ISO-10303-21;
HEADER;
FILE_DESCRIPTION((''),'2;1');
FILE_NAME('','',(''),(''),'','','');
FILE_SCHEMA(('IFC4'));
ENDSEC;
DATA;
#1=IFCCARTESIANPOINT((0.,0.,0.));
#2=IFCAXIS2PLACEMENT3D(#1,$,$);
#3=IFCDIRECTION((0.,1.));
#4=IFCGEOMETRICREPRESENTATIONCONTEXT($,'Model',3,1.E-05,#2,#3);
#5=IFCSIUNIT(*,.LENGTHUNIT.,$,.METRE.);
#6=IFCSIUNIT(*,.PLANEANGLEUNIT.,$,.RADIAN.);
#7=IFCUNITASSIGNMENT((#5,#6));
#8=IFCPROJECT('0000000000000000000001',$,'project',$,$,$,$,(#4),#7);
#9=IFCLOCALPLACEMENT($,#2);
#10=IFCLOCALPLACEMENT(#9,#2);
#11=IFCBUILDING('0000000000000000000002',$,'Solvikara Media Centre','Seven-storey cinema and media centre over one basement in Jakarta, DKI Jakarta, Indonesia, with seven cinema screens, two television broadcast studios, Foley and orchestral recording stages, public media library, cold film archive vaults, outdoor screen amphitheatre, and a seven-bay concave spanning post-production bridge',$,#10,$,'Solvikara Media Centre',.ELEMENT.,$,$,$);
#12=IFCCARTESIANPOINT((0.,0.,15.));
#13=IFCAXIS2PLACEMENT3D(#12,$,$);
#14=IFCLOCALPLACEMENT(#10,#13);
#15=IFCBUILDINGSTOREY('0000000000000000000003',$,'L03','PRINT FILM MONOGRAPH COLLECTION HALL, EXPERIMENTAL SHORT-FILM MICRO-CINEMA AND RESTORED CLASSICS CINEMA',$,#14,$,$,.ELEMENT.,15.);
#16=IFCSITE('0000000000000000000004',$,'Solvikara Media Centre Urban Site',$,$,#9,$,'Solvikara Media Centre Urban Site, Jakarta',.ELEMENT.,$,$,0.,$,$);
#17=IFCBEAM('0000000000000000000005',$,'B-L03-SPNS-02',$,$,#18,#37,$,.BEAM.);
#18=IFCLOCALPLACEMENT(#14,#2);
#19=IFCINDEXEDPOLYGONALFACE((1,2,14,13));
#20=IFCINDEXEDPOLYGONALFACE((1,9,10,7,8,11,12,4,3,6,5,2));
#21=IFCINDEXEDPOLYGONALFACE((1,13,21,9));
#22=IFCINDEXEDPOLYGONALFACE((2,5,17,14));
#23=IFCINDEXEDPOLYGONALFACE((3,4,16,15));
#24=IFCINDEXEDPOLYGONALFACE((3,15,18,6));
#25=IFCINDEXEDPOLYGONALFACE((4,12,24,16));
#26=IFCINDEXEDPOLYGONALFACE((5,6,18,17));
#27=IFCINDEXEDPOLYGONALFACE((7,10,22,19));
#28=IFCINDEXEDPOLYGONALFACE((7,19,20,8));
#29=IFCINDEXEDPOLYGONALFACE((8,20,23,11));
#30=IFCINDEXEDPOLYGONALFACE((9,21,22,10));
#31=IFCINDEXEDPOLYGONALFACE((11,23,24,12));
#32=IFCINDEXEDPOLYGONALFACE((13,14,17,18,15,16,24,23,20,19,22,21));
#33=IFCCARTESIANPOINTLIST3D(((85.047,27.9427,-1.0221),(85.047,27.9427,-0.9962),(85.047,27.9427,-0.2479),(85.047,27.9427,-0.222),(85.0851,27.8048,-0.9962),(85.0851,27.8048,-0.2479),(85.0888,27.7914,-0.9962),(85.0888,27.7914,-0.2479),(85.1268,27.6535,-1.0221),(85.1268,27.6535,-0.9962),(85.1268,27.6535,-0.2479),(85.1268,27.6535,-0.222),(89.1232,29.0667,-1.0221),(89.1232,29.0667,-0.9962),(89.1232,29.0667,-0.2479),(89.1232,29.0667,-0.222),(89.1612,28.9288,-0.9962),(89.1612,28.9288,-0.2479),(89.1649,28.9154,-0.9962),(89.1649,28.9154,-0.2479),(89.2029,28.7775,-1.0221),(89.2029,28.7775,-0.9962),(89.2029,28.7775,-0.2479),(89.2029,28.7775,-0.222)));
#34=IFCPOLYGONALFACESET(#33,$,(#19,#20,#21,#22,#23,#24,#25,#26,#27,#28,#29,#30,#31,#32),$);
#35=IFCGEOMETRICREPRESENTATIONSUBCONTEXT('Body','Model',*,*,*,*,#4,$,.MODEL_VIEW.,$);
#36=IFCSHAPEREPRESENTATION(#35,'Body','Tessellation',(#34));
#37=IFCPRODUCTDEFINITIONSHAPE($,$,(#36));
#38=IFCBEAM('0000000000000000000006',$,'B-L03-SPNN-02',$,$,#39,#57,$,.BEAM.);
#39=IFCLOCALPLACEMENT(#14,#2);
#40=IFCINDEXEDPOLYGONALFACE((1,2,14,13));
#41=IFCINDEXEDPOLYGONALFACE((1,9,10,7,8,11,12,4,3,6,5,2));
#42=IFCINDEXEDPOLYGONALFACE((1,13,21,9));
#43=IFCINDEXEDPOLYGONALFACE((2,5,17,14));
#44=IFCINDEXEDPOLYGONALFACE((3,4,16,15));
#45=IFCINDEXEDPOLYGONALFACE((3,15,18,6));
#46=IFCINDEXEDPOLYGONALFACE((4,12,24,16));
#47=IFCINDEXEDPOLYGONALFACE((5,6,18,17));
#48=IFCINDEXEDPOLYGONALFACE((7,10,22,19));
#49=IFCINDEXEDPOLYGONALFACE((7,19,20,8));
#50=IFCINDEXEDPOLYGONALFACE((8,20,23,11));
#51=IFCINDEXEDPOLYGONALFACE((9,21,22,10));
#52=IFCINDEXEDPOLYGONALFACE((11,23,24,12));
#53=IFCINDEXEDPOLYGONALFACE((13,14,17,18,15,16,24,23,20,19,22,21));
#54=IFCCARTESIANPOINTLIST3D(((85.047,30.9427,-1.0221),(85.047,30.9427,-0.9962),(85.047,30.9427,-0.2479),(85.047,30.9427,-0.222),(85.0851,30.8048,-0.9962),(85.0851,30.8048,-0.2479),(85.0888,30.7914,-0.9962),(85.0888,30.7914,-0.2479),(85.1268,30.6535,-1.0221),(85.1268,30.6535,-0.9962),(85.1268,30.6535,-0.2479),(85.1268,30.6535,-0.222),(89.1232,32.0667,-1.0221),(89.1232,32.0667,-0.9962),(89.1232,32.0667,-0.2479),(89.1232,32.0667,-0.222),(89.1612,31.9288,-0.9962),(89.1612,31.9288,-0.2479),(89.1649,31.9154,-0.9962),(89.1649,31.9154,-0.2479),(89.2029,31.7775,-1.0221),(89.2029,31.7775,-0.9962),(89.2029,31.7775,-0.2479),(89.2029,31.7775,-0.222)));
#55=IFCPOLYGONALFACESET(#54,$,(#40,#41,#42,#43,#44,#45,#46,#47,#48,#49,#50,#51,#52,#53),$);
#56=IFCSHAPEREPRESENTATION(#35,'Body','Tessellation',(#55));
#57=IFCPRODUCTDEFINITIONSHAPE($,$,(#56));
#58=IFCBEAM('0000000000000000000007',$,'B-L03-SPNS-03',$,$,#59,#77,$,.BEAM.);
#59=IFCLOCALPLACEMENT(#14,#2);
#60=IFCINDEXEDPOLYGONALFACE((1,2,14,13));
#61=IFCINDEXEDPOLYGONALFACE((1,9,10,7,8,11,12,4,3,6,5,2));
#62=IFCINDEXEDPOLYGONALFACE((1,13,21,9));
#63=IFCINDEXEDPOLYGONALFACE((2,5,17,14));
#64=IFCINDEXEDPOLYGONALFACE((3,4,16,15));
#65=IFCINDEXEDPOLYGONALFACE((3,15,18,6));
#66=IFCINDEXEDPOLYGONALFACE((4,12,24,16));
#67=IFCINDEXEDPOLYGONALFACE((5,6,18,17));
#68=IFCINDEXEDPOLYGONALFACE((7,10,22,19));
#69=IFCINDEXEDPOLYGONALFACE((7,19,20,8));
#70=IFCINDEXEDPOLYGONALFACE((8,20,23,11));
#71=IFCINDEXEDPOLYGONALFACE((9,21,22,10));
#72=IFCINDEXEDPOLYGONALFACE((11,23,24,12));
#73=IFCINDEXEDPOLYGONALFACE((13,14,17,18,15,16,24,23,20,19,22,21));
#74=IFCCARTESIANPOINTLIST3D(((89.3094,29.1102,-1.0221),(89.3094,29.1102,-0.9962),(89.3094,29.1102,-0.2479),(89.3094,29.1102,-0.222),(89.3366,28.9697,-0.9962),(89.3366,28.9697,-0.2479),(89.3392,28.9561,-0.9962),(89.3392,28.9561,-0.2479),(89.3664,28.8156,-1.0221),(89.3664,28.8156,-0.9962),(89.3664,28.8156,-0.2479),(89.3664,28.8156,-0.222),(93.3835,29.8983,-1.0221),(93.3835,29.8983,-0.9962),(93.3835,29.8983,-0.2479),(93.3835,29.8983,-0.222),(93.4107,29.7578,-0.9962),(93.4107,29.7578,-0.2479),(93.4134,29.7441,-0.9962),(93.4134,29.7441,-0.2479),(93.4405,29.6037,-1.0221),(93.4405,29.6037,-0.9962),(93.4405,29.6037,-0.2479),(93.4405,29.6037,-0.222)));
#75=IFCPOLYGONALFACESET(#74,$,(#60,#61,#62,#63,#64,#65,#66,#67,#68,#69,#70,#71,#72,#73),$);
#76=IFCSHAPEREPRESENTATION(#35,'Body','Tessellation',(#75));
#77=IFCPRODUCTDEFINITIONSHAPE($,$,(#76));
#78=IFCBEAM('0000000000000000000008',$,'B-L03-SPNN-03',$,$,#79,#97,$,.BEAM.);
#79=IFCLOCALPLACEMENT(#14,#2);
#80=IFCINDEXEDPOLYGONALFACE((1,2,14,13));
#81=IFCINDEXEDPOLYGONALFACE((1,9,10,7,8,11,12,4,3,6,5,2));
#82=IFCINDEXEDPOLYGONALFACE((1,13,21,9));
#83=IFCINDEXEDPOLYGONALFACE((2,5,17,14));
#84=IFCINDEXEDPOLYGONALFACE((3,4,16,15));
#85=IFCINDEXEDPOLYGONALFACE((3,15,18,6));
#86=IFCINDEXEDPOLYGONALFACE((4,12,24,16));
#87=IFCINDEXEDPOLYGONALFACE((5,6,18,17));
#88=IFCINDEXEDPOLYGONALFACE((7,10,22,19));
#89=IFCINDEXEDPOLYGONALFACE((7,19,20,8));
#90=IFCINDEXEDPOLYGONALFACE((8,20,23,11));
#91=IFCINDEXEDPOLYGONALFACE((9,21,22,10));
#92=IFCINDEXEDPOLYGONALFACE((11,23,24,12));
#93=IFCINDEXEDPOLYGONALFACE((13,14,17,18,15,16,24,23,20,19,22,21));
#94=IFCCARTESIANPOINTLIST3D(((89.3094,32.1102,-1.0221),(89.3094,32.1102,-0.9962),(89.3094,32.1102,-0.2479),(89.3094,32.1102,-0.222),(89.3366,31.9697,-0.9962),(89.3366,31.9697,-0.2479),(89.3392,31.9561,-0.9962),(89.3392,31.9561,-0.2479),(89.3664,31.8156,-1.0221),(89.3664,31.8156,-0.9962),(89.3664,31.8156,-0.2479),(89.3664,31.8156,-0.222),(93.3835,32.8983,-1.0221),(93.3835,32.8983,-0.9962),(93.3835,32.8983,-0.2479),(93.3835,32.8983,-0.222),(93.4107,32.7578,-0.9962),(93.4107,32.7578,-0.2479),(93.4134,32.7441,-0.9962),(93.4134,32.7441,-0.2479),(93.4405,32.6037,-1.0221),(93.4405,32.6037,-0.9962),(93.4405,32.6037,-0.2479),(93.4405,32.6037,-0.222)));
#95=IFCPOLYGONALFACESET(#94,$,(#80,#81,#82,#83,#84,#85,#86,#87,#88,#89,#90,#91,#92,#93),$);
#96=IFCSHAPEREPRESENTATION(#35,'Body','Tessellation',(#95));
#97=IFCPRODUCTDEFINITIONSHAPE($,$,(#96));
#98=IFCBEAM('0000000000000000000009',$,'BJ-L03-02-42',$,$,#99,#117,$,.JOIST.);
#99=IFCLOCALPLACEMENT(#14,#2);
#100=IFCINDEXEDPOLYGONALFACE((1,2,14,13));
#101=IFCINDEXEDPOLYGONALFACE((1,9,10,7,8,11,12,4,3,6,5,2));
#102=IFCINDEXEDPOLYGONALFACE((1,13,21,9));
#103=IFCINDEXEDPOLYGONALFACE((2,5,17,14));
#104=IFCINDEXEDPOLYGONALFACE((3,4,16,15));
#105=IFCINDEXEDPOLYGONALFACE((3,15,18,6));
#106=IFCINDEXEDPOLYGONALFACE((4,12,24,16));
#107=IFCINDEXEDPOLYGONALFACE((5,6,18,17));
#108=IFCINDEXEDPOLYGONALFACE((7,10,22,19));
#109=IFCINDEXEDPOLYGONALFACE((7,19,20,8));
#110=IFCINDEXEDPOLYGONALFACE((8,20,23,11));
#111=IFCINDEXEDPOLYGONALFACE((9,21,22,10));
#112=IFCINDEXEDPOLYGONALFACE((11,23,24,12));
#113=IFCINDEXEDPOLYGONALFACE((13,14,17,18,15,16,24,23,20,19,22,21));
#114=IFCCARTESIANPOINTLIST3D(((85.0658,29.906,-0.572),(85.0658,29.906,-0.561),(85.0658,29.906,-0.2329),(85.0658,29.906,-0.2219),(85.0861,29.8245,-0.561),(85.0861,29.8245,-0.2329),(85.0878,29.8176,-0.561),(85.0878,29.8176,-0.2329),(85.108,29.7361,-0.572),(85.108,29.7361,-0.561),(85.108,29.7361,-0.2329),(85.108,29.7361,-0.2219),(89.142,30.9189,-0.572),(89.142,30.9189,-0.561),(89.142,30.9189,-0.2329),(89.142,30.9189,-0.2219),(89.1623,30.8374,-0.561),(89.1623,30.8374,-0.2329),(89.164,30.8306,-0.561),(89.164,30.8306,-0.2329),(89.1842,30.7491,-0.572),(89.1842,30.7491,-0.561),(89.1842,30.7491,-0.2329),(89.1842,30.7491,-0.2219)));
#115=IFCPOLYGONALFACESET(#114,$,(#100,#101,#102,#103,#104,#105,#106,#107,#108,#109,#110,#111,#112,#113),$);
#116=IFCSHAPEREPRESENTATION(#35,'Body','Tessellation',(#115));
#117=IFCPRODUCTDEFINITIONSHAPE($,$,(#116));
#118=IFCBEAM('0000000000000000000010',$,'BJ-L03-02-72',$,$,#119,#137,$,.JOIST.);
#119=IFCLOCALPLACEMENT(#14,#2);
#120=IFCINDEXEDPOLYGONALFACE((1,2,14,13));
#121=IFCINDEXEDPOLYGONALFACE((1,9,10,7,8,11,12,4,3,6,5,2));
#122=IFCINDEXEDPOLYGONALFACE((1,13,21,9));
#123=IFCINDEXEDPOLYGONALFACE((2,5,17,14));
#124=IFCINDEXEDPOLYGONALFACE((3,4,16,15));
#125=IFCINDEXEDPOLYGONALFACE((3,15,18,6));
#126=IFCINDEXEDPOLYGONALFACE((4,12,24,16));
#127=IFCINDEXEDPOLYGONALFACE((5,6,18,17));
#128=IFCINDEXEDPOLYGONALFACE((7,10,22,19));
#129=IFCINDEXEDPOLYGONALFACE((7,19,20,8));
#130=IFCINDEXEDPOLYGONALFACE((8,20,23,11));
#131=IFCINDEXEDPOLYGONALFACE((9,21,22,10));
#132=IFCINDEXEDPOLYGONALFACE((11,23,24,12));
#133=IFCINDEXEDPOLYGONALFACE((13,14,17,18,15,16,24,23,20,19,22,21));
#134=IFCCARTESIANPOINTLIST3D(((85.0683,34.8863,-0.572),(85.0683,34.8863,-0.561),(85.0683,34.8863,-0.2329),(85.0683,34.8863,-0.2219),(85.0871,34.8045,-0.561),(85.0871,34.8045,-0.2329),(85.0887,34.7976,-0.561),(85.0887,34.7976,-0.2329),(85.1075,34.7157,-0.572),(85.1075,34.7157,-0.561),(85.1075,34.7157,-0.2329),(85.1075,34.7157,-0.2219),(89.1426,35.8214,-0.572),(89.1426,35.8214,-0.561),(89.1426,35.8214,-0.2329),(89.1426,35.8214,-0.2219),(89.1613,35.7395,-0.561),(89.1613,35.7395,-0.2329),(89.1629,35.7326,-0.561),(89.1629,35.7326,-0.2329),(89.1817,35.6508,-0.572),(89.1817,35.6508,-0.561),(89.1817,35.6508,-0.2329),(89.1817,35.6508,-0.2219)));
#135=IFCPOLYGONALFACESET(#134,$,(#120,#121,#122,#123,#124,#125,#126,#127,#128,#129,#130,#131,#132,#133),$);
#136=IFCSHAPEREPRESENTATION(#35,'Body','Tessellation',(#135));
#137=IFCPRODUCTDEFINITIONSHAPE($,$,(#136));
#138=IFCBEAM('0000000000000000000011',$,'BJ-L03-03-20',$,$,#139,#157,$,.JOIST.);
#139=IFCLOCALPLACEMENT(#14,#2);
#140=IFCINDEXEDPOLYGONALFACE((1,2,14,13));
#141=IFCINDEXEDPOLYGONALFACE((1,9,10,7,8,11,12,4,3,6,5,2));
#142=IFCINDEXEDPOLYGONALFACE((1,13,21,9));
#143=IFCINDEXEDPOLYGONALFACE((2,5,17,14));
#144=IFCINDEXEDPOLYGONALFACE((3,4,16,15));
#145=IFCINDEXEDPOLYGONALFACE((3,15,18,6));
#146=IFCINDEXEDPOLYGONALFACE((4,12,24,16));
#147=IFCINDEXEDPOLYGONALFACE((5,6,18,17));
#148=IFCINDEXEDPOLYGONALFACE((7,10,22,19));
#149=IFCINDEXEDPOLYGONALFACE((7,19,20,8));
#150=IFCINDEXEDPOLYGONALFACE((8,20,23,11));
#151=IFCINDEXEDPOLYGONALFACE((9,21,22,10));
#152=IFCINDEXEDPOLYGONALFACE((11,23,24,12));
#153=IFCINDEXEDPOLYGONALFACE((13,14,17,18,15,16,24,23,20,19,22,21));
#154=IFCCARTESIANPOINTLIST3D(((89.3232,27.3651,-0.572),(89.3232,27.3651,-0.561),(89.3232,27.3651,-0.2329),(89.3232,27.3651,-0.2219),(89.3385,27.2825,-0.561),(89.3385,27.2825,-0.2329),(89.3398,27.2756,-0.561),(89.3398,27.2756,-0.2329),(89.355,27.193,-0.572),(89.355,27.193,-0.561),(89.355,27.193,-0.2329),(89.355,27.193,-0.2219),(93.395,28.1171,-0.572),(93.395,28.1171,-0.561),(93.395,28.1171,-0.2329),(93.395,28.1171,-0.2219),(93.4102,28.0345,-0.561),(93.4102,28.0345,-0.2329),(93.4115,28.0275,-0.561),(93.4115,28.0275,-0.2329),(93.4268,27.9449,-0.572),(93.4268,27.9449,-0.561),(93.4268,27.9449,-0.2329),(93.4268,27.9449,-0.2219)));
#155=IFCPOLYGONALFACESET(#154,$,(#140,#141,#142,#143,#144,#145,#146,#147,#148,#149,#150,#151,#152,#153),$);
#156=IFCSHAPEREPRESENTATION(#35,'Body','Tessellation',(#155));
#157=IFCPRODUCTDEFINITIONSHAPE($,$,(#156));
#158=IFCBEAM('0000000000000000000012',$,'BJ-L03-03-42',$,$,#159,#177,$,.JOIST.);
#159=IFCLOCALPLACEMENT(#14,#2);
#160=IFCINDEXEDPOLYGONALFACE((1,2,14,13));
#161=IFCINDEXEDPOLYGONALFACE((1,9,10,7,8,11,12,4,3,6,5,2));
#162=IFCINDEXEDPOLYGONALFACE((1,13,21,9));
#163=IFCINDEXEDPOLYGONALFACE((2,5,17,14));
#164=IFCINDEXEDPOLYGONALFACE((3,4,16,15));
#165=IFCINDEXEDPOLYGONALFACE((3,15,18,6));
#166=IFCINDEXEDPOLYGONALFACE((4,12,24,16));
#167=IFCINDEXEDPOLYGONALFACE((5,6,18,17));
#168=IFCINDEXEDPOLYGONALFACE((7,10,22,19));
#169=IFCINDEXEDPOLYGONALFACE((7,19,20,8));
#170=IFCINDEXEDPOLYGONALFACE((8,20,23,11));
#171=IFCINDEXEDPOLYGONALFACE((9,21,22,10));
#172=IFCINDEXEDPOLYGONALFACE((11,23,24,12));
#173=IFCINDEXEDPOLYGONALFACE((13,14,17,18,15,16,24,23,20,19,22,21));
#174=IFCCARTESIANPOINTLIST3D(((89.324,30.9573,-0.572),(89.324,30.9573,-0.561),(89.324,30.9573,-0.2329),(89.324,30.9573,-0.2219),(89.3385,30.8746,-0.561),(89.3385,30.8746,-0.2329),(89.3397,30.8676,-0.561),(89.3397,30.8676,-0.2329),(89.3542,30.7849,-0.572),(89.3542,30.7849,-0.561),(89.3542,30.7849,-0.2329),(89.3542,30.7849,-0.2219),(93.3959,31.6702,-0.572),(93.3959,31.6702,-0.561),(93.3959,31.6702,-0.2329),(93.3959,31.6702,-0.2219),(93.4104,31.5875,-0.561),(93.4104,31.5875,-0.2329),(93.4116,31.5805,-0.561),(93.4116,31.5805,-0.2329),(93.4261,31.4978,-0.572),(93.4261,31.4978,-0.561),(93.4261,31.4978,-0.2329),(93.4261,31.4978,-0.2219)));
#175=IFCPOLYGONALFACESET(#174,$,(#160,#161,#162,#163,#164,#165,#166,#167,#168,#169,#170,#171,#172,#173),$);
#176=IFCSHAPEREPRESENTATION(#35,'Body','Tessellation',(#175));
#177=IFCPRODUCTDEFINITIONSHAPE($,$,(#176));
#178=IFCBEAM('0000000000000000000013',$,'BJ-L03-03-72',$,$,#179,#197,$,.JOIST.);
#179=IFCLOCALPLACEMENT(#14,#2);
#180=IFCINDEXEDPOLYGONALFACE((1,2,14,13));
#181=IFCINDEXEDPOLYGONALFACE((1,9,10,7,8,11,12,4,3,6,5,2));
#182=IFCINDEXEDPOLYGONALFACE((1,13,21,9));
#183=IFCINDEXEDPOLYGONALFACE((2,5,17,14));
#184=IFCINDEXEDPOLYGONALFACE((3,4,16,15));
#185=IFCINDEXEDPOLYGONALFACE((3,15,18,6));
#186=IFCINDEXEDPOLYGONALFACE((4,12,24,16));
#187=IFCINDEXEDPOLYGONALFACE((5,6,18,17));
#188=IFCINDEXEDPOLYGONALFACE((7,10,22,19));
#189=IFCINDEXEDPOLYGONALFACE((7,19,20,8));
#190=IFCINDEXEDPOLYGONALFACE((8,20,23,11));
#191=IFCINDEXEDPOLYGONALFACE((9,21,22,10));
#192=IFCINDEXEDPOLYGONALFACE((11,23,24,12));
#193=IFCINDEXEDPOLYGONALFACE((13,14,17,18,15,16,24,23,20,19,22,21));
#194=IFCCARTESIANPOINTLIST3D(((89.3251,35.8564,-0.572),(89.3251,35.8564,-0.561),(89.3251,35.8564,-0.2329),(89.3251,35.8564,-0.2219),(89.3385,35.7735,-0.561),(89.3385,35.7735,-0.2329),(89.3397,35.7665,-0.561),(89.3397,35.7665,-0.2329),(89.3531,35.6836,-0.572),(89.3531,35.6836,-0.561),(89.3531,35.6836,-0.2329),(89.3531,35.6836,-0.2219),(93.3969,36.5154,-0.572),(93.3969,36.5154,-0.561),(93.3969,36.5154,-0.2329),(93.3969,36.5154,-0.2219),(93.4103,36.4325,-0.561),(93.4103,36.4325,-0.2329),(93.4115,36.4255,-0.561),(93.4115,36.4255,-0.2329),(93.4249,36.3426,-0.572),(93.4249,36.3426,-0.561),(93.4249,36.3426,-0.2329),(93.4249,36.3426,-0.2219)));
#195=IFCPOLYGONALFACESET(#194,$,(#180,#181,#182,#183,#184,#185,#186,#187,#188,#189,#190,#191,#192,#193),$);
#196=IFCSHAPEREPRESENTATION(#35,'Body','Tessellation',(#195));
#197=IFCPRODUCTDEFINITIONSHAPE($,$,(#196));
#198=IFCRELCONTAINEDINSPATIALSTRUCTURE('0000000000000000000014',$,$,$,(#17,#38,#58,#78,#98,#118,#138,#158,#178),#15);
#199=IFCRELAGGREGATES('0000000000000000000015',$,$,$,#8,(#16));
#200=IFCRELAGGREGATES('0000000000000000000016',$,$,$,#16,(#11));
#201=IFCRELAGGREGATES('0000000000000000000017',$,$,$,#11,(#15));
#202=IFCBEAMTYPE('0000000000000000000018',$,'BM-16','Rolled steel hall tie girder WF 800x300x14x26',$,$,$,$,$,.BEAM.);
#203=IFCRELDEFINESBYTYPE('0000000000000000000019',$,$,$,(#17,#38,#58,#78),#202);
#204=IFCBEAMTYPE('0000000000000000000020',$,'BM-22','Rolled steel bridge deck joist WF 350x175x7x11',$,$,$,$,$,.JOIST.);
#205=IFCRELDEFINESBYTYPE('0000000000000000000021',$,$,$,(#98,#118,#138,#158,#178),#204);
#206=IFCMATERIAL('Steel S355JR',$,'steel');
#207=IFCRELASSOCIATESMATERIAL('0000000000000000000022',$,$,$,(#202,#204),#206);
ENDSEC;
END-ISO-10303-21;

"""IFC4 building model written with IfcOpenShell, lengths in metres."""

from ifc_helpers import new_model, si_unit, direction, frame, origin, origin_2d, place, context, subcontext, project, spatial, i_section, extrude, material, material_profile, profile_set, type_object, element, save


model = new_model("IFC4")

# Units and contexts
model_context = context("Model", 3, precision=1e-05, world=origin(), true_north=direction((0.0, 1.0)))
body_context = subcontext(model_context, "Body", "Model", "MODEL_VIEW")
ifc_project = project(units=[si_unit("LENGTHUNIT", "METRE"), si_unit("PLANEANGLEUNIT", "RADIAN")], contexts=[model_context])

# Site, building, storey
site_placement = place(None, origin())
site = spatial("IfcSite", under=ifc_project, at=site_placement, Name="Solvikara Media Centre Urban Site", LongName="Solvikara Media Centre Urban Site, Jakarta", CompositionType="ELEMENT", RefElevation=0.0)
building_placement = place(site_placement, origin())
building = spatial("IfcBuilding", under=site, at=building_placement, Name="Solvikara Media Centre", Description="Seven-storey cinema and media centre over one basement in Jakarta, DKI Jakarta, Indonesia, with seven cinema screens, two television broadcast studios, Foley and orchestral recording stages, public media library, cold film archive vaults, outdoor screen amphitheatre, and a seven-bay concave spanning post-production bridge", LongName="Solvikara Media Centre", CompositionType="ELEMENT")
storey_placement = place(building_placement, frame((0.0, 0.0, 15.0)))
storey = spatial("IfcBuildingStorey", under=building, at=storey_placement, Name="L03", Description="PRINT FILM MONOGRAPH COLLECTION HALL, EXPERIMENTAL SHORT-FILM MICRO-CINEMA AND RESTORED CLASSICS CINEMA", CompositionType="ELEMENT", Elevation=15.0)

# Beams
ifc_material_1 = material(Name="Steel S355JR", Category="steel")
ifc_material_profile_1 = material_profile(ifc_material_1, i_section(OverallWidth=0.3, OverallDepth=0.8, WebThickness=0.0139, FlangeThickness=0.0259, at=origin_2d()), Name="WF 800x300x14x26")
ifc_profile_set_1 = profile_set([ifc_material_profile_1], Name="Steel S355JR")
beam_type_1 = type_object("IfcBeamType", Name="BM-16", Description="Rolled steel hall tie girder WF 800x300x14x26", PredefinedType="BEAM", material=ifc_profile_set_1)
for number, where, z_axis, x_axis, name in (
    (1, (85.0869, 27.7981, -0.6221), (0.964019, 0.265833, 0.0), (-0.265833, 0.964019, 0.0), "B-L03-SPNS-02"),
    (2, (85.0869, 30.7981, -0.6221), (0.964019, 0.265833, 0.0), (-0.265833, 0.964019, 0.0), "B-L03-SPNN-02"),
):
    element("IfcBeam", number, at=place(storey_placement, frame(where, z_axis=z_axis, x_axis=x_axis)), inside=storey, type_object=beam_type_1, Name=name, PredefinedType="BEAM", context=body_context, shape_type="SweptSolid", body=[
        extrude(i_section(OverallWidth=0.3, OverallDepth=0.8, WebThickness=0.0139, FlangeThickness=0.0259, at=origin_2d()), origin(), (0.0, 0.0, 1.0), 4.2283),
    ])
for number, where, z_axis, x_axis, name in (
    (3, (89.3379, 28.9629, -0.6221), (0.981801, 0.189912, 0.0), (-0.189912, 0.981801, 0.0), "B-L03-SPNS-03"),
    (4, (89.3379, 31.9629, -0.6221), (0.981801, 0.189912, 0.0), (-0.189912, 0.981801, 0.0), "B-L03-SPNN-03"),
):
    element("IfcBeam", number, at=place(storey_placement, frame(where, z_axis=z_axis, x_axis=x_axis)), inside=storey, type_object=beam_type_1, Name=name, PredefinedType="BEAM", context=body_context, shape_type="SweptSolid", body=[
        extrude(i_section(OverallWidth=0.3, OverallDepth=0.8, WebThickness=0.0139, FlangeThickness=0.0259, at=origin_2d()), origin(), (0.0, 0.0, 1.0), 4.1497),
    ])
ifc_material_profile_2 = material_profile(ifc_material_1, i_section(OverallWidth=0.175, OverallDepth=0.3501, WebThickness=0.0071, FlangeThickness=0.011, at=origin_2d()), Name="WF 350x175x7x11")
ifc_profile_set_2 = profile_set([ifc_material_profile_2], Name="Steel S355JR")
beam_type_2 = type_object("IfcBeamType", Name="BM-22", Description="Rolled steel bridge deck joist WF 350x175x7x11", PredefinedType="JOIST", material=ifc_profile_set_2)
beam_1_placement = place(storey_placement, frame((85.0869, 29.821, -0.397), z_axis=(0.970483, 0.241168, 0.0), x_axis=(-0.241168, 0.970483, 0.0)))
element("IfcBeam", 5, at=beam_1_placement, inside=storey, type_object=beam_type_2, Name="BJ-L03-02-42", PredefinedType="JOIST", context=body_context, shape_type="SweptSolid", body=[
    extrude(i_section(OverallWidth=0.175, OverallDepth=0.3501, WebThickness=0.0071, FlangeThickness=0.011, at=origin_2d()), origin(), (0.0, 0.0, 1.0), 4.2002),
])
beam_2_placement = place(storey_placement, frame((85.0879, 34.801, -0.397), z_axis=(0.97466, 0.223691, 0.0), x_axis=(-0.223691, 0.97466, 0.0)))
element("IfcBeam", 6, at=beam_2_placement, inside=storey, type_object=beam_type_2, Name="BJ-L03-02-72", PredefinedType="JOIST", context=body_context, shape_type="SweptSolid", body=[
    extrude(i_section(OverallWidth=0.175, OverallDepth=0.3501, WebThickness=0.0071, FlangeThickness=0.011, at=origin_2d()), origin(), (0.0, 0.0, 1.0), 4.1802),
])
beam_3_placement = place(storey_placement, frame((89.3391, 27.2791, -0.397), z_axis=(0.983372, 0.181604, 0.0), x_axis=(-0.181604, 0.983372, 0.0)))
element("IfcBeam", 7, at=beam_3_placement, inside=storey, type_object=beam_type_2, Name="BJ-L03-03-20", PredefinedType="JOIST", context=body_context, shape_type="SweptSolid", body=[
    extrude(i_section(OverallWidth=0.175, OverallDepth=0.3501, WebThickness=0.0071, FlangeThickness=0.011, at=origin_2d()), origin(), (0.0, 0.0, 1.0), 4.1406),
])
beam_4_placement = place(storey_placement, frame((89.3391, 30.8711, -0.397), z_axis=(0.985017, 0.172458, 0.0), x_axis=(-0.172458, 0.985017, 0.0)))
element("IfcBeam", 8, at=beam_4_placement, inside=storey, type_object=beam_type_2, Name="BJ-L03-03-42", PredefinedType="JOIST", context=body_context, shape_type="SweptSolid", body=[
    extrude(i_section(OverallWidth=0.175, OverallDepth=0.3501, WebThickness=0.0071, FlangeThickness=0.011, at=origin_2d()), origin(), (0.0, 0.0, 1.0), 4.1338),
])
beam_5_placement = place(storey_placement, frame((89.3391, 35.77, -0.397), z_axis=(0.987157, 0.159752, 0.0), x_axis=(-0.159752, 0.987157, 0.0)))
element("IfcBeam", 9, at=beam_5_placement, inside=storey, type_object=beam_type_2, Name="BJ-L03-03-72", PredefinedType="JOIST", context=body_context, shape_type="SweptSolid", body=[
    extrude(i_section(OverallWidth=0.175, OverallDepth=0.3501, WebThickness=0.0071, FlangeThickness=0.011, at=origin_2d()), origin(), (0.0, 0.0, 1.0), 4.1248),
])

save(model, "model.ifc")
